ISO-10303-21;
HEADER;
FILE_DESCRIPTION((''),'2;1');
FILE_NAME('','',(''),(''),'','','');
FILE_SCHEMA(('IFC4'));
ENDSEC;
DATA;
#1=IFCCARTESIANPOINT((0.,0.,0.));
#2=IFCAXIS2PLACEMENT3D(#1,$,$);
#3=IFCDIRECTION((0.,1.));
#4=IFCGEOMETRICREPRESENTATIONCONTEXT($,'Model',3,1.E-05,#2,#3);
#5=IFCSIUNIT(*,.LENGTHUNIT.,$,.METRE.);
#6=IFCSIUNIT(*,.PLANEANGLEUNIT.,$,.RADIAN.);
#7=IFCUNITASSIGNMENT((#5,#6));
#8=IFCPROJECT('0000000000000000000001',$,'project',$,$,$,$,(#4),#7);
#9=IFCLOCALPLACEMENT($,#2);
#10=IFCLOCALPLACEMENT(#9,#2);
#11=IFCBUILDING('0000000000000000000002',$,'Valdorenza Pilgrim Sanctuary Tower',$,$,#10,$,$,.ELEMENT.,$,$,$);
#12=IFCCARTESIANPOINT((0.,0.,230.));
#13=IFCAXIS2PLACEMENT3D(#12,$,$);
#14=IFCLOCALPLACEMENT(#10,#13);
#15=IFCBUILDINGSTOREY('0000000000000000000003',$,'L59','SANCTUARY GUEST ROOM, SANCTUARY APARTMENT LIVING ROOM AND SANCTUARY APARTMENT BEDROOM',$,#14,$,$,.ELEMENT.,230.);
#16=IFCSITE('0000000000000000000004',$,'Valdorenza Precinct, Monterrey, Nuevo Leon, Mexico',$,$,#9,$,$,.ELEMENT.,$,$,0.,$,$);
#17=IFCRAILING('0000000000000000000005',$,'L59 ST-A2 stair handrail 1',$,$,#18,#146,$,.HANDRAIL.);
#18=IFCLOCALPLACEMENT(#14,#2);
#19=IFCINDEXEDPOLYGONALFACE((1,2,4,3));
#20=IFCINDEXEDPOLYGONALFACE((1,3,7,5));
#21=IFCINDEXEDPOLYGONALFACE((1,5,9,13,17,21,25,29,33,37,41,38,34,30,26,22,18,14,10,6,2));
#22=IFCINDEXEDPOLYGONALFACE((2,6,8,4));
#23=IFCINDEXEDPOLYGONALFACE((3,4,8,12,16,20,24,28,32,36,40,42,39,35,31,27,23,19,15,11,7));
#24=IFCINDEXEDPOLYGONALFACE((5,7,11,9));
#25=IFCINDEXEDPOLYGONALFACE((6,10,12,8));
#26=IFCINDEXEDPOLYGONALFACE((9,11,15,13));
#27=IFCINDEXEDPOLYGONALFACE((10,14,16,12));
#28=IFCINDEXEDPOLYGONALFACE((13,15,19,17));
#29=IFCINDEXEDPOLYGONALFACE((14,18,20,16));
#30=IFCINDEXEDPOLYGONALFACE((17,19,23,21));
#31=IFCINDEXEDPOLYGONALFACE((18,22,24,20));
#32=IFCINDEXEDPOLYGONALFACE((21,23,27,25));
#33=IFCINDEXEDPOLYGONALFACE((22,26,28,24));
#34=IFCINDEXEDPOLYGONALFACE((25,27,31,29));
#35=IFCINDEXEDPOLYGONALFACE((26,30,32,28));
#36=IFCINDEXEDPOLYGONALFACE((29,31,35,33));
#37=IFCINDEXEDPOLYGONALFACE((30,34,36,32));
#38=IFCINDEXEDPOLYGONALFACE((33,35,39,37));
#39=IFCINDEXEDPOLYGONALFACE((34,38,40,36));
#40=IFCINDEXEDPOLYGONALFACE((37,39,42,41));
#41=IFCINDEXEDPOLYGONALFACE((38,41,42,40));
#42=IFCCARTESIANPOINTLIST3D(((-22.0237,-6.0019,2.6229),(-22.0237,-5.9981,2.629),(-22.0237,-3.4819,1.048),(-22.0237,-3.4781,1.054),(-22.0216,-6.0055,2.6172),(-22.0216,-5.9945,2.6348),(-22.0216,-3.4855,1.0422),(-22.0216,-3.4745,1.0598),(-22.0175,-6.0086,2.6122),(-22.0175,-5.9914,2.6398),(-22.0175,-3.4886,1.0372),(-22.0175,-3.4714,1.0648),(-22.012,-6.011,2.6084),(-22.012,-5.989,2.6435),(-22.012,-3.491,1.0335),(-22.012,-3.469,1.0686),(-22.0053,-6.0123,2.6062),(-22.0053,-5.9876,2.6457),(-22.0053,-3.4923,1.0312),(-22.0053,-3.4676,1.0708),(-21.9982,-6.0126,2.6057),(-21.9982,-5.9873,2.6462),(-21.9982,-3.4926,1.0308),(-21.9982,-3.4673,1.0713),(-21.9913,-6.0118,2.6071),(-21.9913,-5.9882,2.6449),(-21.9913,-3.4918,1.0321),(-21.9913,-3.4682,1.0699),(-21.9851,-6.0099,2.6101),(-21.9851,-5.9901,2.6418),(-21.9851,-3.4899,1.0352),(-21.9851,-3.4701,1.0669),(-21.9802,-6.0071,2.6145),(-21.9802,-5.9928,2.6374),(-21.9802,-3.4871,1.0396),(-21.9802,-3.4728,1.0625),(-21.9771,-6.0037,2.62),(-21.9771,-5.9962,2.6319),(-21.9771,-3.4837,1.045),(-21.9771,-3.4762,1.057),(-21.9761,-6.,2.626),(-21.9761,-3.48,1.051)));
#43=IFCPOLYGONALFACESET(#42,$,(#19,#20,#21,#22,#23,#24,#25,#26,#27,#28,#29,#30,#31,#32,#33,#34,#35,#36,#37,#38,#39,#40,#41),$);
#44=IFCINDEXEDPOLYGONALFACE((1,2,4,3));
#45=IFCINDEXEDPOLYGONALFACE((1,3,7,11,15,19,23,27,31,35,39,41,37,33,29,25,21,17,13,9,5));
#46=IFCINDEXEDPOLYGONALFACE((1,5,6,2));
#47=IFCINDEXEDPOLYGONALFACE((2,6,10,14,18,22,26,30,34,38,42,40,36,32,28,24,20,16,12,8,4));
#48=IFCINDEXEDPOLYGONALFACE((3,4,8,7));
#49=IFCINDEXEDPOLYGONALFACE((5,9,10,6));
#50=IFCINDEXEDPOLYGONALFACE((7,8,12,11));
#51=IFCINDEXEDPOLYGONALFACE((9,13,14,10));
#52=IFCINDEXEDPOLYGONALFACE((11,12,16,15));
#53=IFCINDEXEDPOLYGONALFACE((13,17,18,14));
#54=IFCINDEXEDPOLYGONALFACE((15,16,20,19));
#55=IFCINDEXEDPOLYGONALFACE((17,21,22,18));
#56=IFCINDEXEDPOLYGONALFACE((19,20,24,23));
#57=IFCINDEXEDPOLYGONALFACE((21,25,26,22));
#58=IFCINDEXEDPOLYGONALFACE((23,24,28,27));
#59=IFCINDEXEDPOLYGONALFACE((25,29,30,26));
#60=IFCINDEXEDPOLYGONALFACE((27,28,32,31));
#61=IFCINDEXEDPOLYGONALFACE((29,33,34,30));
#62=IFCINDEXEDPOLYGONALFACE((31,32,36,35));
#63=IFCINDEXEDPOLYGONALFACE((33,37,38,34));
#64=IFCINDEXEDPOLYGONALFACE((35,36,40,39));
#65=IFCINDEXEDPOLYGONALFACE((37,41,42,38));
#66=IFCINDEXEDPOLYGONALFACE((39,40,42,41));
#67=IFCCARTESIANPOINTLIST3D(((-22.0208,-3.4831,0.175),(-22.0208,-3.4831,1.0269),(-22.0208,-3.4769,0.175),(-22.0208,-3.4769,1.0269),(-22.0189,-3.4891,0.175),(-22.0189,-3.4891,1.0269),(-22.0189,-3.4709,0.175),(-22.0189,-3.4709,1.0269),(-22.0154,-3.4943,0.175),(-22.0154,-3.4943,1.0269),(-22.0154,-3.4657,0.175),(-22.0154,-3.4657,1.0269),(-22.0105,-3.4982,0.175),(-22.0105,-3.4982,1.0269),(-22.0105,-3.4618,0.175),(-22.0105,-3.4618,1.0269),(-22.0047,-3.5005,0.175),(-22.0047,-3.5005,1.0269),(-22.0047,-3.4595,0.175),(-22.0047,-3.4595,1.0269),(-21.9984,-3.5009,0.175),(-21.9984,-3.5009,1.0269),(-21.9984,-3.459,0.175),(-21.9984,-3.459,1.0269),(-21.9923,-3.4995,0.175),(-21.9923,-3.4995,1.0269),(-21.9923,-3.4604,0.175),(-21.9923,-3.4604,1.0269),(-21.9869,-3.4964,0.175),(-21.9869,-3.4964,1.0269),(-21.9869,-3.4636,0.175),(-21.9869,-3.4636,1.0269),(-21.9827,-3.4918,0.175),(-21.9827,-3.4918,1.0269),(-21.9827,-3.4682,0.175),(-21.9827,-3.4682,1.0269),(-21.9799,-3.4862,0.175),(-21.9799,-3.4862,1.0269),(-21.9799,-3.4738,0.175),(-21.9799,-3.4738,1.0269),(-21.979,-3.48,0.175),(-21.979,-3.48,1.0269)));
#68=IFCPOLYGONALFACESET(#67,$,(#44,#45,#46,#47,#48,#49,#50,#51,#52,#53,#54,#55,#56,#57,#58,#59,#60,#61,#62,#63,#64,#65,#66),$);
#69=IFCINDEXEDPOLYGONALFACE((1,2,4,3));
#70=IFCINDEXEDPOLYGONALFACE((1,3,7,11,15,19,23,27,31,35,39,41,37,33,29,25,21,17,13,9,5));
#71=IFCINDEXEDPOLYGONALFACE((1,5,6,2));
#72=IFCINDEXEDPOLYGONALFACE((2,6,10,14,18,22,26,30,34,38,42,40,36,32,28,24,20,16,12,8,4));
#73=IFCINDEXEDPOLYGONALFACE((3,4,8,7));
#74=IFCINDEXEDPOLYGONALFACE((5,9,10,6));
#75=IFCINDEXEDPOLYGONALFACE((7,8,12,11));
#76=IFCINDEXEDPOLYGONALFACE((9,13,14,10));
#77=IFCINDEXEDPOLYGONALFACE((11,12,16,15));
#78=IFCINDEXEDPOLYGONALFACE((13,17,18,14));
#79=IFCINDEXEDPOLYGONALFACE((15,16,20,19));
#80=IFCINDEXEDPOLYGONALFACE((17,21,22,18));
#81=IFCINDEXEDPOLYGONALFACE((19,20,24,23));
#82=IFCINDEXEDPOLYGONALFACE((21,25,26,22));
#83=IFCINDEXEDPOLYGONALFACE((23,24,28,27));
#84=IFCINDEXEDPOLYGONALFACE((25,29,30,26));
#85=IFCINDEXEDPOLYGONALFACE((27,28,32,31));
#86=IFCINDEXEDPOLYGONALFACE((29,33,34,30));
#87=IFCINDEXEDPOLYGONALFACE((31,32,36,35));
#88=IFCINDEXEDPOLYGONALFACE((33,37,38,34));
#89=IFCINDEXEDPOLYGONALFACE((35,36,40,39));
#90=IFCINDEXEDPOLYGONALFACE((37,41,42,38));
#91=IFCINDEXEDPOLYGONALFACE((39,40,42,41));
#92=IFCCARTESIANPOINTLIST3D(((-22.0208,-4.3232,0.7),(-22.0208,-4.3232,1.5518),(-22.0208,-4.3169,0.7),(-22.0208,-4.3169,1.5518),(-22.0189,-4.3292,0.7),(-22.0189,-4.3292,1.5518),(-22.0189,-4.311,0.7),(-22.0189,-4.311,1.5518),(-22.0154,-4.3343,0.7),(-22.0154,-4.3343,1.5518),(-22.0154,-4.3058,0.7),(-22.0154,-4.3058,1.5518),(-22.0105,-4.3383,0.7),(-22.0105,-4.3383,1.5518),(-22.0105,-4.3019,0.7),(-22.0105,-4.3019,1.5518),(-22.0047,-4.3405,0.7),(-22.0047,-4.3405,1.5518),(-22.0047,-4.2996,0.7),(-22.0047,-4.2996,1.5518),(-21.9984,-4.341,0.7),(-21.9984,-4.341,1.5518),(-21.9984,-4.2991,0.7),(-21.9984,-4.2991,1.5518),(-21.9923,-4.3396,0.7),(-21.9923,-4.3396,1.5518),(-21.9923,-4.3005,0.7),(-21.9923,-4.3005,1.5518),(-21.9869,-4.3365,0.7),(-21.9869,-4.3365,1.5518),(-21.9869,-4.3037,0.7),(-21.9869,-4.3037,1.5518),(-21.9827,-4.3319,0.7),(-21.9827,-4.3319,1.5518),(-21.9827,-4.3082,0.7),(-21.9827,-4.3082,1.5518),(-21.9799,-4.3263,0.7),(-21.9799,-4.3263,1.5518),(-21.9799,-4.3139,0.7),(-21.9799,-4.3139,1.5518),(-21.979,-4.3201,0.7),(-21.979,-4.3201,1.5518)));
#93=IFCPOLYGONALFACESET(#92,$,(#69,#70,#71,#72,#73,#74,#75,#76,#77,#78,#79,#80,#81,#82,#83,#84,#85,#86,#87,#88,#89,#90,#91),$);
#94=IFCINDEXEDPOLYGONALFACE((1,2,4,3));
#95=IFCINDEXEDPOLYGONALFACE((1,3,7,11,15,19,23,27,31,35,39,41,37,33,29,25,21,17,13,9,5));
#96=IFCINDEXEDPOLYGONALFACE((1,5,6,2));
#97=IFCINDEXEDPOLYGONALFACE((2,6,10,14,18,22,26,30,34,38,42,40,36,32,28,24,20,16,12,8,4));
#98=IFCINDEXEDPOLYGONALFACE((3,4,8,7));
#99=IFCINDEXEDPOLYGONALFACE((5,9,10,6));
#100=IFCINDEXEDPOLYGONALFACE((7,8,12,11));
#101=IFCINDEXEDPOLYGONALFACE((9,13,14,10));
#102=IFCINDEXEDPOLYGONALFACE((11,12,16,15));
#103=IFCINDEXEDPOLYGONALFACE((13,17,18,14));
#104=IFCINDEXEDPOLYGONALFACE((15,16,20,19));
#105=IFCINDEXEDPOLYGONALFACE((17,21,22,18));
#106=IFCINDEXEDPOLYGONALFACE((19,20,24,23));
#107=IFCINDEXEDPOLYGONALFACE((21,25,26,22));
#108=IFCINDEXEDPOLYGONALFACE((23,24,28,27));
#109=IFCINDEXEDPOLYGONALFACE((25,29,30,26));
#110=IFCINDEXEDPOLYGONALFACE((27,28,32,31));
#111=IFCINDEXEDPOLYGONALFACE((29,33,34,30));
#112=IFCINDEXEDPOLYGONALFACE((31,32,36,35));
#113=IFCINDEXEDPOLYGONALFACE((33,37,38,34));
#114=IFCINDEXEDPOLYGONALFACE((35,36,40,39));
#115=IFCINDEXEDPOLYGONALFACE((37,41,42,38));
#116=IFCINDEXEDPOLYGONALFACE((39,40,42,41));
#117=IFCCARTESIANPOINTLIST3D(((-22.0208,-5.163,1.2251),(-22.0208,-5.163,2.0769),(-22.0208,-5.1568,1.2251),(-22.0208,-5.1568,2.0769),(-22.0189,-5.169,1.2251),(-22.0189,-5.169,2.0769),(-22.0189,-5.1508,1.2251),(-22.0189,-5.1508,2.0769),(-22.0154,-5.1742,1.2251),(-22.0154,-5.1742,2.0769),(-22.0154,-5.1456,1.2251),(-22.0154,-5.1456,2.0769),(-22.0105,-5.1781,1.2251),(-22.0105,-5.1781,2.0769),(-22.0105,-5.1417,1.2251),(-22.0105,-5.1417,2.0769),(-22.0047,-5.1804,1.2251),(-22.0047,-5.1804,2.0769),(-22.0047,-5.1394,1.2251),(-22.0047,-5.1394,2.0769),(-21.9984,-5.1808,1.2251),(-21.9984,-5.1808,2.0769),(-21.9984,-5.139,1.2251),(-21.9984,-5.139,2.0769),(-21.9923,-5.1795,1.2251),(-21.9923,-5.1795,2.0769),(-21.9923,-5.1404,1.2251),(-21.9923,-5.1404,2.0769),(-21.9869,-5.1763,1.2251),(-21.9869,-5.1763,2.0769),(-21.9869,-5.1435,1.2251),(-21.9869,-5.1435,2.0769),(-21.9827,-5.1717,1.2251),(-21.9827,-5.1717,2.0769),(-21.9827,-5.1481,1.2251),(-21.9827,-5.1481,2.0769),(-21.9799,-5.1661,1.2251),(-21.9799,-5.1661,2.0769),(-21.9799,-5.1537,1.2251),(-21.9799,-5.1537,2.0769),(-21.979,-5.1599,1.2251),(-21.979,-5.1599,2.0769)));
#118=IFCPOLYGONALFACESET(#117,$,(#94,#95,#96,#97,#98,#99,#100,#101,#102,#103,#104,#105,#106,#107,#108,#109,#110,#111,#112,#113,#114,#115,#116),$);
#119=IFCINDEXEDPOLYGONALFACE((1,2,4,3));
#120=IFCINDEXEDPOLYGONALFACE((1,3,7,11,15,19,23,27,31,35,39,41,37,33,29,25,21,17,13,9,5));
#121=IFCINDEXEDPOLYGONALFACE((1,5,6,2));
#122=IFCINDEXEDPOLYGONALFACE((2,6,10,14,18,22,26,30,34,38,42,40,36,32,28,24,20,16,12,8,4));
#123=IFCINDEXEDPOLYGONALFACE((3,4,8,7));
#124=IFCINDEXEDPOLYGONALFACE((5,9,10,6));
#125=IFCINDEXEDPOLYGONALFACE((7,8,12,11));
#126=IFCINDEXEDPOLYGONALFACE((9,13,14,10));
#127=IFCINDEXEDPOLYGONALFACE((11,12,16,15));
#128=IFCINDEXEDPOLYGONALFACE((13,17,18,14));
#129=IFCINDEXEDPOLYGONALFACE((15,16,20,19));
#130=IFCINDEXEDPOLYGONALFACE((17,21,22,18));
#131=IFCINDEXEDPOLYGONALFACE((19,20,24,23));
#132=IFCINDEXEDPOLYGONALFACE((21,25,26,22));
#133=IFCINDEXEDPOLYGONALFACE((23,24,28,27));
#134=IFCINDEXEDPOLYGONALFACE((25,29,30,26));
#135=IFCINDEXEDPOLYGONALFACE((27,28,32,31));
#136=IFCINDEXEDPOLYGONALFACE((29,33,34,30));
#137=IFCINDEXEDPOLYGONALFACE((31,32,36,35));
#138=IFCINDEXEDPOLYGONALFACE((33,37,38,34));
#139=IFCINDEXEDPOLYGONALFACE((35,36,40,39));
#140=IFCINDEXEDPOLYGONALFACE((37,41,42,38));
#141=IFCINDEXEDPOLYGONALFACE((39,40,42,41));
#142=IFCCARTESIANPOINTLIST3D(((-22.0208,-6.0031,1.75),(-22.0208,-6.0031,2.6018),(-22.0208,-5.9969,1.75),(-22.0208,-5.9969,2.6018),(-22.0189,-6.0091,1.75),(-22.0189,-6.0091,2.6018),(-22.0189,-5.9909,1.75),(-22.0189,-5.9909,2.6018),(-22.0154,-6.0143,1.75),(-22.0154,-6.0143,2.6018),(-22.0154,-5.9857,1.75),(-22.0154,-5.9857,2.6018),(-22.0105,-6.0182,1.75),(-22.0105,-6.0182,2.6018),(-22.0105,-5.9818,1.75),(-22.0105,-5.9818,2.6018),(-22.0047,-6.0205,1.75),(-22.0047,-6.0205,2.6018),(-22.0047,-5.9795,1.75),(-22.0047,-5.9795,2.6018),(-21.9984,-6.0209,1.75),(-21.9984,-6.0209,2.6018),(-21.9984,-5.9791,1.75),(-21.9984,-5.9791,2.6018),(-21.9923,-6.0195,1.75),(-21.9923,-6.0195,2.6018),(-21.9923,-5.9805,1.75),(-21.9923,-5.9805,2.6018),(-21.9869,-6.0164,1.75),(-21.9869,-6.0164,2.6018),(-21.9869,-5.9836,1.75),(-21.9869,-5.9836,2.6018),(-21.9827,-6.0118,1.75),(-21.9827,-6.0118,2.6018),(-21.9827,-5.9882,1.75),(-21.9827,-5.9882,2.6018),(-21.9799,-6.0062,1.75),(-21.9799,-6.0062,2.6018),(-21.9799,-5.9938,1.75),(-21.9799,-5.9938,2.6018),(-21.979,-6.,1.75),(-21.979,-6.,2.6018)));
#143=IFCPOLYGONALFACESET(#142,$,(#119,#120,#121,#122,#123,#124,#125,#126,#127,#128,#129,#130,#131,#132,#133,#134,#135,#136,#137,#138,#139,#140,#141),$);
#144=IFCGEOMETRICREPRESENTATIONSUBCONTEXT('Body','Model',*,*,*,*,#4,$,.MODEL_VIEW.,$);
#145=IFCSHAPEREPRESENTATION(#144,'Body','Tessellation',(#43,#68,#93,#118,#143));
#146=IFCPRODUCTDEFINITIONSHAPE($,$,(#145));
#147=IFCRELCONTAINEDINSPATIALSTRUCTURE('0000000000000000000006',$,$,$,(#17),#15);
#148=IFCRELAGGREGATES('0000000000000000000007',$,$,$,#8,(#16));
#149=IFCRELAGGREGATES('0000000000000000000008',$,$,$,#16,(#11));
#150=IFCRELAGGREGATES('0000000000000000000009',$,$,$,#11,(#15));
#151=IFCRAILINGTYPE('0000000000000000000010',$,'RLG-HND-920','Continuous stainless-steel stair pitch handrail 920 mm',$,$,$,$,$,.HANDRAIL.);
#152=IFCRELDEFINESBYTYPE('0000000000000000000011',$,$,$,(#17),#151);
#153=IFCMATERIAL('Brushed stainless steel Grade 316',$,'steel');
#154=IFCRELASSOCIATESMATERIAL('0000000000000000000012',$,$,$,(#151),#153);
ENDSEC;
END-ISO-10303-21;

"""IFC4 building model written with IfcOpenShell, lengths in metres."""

from ifc_helpers import new_model, si_unit, direction, frame, origin, origin_2d, place, context, subcontext, project, spatial, circle, extrude, material, type_object, element, save


model = new_model("IFC4")

# Units and contexts
model_context = context("Model", 3, precision=1e-05, world=origin(), true_north=direction((0.0, 1.0)))
body_context = subcontext(model_context, "Body", "Model", "MODEL_VIEW")
ifc_project = project(units=[si_unit("LENGTHUNIT", "METRE"), si_unit("PLANEANGLEUNIT", "RADIAN")], contexts=[model_context])

# Site, building, storey
site_placement = place(None, origin())
site = spatial("IfcSite", under=ifc_project, at=site_placement, Name="Valdorenza Precinct, Monterrey, Nuevo Leon, Mexico", CompositionType="ELEMENT", RefElevation=0.0)
building_placement = place(site_placement, origin())
building = spatial("IfcBuilding", under=site, at=building_placement, Name="Valdorenza Pilgrim Sanctuary Tower", CompositionType="ELEMENT")
storey_placement = place(building_placement, frame((0.0, 0.0, 230.0)))
storey = spatial("IfcBuildingStorey", under=building, at=storey_placement, Name="L59", Description="SANCTUARY GUEST ROOM, SANCTUARY APARTMENT LIVING ROOM AND SANCTUARY APARTMENT BEDROOM", CompositionType="ELEMENT", Elevation=230.0)

# Shared definitions
ifc_material_1 = material(Name="Brushed stainless steel Grade 316", Category="steel")

# Railing
railing_type_1 = type_object("IfcRailingType", Name="RLG-HND-920", Description="Continuous stainless-steel stair pitch handrail 920 mm", PredefinedType="HANDRAIL", material=ifc_material_1)
railing_1_placement = place(storey_placement, frame((-22.0, -3.48, 0.175)))
element("IfcRailing", 1, at=railing_1_placement, inside=storey, type_object=railing_type_1, Name="L59 ST-A2 stair handrail 1", PredefinedType="HANDRAIL", context=body_context, shape_type="SweptSolid", body=[
    extrude(circle(Radius=0.0239, at=origin_2d()), frame((0.0, 0.0, 0.876), z_axis=(0.0, -0.848008, 0.529984), x_axis=(1.0, 0.0, 0.0)), (0.0, 0.0, 1.0), 2.9717),
    extrude(circle(Radius=0.021, at=origin_2d()), origin(), (0.0, 0.0, 1.0), 0.8518),
    extrude(circle(Radius=0.021, at=origin_2d()), frame((0.0, -0.8401, 0.5249)), (0.0, 0.0, 1.0), 0.8518),
    extrude(circle(Radius=0.021, at=origin_2d()), frame((0.0, -1.6799, 1.05)), (0.0, 0.0, 1.0), 0.8518),
    extrude(circle(Radius=0.021, at=origin_2d()), frame((0.0, -2.52, 1.575)), (0.0, 0.0, 1.0), 0.8518),
])

save(model, "model.ifc")
